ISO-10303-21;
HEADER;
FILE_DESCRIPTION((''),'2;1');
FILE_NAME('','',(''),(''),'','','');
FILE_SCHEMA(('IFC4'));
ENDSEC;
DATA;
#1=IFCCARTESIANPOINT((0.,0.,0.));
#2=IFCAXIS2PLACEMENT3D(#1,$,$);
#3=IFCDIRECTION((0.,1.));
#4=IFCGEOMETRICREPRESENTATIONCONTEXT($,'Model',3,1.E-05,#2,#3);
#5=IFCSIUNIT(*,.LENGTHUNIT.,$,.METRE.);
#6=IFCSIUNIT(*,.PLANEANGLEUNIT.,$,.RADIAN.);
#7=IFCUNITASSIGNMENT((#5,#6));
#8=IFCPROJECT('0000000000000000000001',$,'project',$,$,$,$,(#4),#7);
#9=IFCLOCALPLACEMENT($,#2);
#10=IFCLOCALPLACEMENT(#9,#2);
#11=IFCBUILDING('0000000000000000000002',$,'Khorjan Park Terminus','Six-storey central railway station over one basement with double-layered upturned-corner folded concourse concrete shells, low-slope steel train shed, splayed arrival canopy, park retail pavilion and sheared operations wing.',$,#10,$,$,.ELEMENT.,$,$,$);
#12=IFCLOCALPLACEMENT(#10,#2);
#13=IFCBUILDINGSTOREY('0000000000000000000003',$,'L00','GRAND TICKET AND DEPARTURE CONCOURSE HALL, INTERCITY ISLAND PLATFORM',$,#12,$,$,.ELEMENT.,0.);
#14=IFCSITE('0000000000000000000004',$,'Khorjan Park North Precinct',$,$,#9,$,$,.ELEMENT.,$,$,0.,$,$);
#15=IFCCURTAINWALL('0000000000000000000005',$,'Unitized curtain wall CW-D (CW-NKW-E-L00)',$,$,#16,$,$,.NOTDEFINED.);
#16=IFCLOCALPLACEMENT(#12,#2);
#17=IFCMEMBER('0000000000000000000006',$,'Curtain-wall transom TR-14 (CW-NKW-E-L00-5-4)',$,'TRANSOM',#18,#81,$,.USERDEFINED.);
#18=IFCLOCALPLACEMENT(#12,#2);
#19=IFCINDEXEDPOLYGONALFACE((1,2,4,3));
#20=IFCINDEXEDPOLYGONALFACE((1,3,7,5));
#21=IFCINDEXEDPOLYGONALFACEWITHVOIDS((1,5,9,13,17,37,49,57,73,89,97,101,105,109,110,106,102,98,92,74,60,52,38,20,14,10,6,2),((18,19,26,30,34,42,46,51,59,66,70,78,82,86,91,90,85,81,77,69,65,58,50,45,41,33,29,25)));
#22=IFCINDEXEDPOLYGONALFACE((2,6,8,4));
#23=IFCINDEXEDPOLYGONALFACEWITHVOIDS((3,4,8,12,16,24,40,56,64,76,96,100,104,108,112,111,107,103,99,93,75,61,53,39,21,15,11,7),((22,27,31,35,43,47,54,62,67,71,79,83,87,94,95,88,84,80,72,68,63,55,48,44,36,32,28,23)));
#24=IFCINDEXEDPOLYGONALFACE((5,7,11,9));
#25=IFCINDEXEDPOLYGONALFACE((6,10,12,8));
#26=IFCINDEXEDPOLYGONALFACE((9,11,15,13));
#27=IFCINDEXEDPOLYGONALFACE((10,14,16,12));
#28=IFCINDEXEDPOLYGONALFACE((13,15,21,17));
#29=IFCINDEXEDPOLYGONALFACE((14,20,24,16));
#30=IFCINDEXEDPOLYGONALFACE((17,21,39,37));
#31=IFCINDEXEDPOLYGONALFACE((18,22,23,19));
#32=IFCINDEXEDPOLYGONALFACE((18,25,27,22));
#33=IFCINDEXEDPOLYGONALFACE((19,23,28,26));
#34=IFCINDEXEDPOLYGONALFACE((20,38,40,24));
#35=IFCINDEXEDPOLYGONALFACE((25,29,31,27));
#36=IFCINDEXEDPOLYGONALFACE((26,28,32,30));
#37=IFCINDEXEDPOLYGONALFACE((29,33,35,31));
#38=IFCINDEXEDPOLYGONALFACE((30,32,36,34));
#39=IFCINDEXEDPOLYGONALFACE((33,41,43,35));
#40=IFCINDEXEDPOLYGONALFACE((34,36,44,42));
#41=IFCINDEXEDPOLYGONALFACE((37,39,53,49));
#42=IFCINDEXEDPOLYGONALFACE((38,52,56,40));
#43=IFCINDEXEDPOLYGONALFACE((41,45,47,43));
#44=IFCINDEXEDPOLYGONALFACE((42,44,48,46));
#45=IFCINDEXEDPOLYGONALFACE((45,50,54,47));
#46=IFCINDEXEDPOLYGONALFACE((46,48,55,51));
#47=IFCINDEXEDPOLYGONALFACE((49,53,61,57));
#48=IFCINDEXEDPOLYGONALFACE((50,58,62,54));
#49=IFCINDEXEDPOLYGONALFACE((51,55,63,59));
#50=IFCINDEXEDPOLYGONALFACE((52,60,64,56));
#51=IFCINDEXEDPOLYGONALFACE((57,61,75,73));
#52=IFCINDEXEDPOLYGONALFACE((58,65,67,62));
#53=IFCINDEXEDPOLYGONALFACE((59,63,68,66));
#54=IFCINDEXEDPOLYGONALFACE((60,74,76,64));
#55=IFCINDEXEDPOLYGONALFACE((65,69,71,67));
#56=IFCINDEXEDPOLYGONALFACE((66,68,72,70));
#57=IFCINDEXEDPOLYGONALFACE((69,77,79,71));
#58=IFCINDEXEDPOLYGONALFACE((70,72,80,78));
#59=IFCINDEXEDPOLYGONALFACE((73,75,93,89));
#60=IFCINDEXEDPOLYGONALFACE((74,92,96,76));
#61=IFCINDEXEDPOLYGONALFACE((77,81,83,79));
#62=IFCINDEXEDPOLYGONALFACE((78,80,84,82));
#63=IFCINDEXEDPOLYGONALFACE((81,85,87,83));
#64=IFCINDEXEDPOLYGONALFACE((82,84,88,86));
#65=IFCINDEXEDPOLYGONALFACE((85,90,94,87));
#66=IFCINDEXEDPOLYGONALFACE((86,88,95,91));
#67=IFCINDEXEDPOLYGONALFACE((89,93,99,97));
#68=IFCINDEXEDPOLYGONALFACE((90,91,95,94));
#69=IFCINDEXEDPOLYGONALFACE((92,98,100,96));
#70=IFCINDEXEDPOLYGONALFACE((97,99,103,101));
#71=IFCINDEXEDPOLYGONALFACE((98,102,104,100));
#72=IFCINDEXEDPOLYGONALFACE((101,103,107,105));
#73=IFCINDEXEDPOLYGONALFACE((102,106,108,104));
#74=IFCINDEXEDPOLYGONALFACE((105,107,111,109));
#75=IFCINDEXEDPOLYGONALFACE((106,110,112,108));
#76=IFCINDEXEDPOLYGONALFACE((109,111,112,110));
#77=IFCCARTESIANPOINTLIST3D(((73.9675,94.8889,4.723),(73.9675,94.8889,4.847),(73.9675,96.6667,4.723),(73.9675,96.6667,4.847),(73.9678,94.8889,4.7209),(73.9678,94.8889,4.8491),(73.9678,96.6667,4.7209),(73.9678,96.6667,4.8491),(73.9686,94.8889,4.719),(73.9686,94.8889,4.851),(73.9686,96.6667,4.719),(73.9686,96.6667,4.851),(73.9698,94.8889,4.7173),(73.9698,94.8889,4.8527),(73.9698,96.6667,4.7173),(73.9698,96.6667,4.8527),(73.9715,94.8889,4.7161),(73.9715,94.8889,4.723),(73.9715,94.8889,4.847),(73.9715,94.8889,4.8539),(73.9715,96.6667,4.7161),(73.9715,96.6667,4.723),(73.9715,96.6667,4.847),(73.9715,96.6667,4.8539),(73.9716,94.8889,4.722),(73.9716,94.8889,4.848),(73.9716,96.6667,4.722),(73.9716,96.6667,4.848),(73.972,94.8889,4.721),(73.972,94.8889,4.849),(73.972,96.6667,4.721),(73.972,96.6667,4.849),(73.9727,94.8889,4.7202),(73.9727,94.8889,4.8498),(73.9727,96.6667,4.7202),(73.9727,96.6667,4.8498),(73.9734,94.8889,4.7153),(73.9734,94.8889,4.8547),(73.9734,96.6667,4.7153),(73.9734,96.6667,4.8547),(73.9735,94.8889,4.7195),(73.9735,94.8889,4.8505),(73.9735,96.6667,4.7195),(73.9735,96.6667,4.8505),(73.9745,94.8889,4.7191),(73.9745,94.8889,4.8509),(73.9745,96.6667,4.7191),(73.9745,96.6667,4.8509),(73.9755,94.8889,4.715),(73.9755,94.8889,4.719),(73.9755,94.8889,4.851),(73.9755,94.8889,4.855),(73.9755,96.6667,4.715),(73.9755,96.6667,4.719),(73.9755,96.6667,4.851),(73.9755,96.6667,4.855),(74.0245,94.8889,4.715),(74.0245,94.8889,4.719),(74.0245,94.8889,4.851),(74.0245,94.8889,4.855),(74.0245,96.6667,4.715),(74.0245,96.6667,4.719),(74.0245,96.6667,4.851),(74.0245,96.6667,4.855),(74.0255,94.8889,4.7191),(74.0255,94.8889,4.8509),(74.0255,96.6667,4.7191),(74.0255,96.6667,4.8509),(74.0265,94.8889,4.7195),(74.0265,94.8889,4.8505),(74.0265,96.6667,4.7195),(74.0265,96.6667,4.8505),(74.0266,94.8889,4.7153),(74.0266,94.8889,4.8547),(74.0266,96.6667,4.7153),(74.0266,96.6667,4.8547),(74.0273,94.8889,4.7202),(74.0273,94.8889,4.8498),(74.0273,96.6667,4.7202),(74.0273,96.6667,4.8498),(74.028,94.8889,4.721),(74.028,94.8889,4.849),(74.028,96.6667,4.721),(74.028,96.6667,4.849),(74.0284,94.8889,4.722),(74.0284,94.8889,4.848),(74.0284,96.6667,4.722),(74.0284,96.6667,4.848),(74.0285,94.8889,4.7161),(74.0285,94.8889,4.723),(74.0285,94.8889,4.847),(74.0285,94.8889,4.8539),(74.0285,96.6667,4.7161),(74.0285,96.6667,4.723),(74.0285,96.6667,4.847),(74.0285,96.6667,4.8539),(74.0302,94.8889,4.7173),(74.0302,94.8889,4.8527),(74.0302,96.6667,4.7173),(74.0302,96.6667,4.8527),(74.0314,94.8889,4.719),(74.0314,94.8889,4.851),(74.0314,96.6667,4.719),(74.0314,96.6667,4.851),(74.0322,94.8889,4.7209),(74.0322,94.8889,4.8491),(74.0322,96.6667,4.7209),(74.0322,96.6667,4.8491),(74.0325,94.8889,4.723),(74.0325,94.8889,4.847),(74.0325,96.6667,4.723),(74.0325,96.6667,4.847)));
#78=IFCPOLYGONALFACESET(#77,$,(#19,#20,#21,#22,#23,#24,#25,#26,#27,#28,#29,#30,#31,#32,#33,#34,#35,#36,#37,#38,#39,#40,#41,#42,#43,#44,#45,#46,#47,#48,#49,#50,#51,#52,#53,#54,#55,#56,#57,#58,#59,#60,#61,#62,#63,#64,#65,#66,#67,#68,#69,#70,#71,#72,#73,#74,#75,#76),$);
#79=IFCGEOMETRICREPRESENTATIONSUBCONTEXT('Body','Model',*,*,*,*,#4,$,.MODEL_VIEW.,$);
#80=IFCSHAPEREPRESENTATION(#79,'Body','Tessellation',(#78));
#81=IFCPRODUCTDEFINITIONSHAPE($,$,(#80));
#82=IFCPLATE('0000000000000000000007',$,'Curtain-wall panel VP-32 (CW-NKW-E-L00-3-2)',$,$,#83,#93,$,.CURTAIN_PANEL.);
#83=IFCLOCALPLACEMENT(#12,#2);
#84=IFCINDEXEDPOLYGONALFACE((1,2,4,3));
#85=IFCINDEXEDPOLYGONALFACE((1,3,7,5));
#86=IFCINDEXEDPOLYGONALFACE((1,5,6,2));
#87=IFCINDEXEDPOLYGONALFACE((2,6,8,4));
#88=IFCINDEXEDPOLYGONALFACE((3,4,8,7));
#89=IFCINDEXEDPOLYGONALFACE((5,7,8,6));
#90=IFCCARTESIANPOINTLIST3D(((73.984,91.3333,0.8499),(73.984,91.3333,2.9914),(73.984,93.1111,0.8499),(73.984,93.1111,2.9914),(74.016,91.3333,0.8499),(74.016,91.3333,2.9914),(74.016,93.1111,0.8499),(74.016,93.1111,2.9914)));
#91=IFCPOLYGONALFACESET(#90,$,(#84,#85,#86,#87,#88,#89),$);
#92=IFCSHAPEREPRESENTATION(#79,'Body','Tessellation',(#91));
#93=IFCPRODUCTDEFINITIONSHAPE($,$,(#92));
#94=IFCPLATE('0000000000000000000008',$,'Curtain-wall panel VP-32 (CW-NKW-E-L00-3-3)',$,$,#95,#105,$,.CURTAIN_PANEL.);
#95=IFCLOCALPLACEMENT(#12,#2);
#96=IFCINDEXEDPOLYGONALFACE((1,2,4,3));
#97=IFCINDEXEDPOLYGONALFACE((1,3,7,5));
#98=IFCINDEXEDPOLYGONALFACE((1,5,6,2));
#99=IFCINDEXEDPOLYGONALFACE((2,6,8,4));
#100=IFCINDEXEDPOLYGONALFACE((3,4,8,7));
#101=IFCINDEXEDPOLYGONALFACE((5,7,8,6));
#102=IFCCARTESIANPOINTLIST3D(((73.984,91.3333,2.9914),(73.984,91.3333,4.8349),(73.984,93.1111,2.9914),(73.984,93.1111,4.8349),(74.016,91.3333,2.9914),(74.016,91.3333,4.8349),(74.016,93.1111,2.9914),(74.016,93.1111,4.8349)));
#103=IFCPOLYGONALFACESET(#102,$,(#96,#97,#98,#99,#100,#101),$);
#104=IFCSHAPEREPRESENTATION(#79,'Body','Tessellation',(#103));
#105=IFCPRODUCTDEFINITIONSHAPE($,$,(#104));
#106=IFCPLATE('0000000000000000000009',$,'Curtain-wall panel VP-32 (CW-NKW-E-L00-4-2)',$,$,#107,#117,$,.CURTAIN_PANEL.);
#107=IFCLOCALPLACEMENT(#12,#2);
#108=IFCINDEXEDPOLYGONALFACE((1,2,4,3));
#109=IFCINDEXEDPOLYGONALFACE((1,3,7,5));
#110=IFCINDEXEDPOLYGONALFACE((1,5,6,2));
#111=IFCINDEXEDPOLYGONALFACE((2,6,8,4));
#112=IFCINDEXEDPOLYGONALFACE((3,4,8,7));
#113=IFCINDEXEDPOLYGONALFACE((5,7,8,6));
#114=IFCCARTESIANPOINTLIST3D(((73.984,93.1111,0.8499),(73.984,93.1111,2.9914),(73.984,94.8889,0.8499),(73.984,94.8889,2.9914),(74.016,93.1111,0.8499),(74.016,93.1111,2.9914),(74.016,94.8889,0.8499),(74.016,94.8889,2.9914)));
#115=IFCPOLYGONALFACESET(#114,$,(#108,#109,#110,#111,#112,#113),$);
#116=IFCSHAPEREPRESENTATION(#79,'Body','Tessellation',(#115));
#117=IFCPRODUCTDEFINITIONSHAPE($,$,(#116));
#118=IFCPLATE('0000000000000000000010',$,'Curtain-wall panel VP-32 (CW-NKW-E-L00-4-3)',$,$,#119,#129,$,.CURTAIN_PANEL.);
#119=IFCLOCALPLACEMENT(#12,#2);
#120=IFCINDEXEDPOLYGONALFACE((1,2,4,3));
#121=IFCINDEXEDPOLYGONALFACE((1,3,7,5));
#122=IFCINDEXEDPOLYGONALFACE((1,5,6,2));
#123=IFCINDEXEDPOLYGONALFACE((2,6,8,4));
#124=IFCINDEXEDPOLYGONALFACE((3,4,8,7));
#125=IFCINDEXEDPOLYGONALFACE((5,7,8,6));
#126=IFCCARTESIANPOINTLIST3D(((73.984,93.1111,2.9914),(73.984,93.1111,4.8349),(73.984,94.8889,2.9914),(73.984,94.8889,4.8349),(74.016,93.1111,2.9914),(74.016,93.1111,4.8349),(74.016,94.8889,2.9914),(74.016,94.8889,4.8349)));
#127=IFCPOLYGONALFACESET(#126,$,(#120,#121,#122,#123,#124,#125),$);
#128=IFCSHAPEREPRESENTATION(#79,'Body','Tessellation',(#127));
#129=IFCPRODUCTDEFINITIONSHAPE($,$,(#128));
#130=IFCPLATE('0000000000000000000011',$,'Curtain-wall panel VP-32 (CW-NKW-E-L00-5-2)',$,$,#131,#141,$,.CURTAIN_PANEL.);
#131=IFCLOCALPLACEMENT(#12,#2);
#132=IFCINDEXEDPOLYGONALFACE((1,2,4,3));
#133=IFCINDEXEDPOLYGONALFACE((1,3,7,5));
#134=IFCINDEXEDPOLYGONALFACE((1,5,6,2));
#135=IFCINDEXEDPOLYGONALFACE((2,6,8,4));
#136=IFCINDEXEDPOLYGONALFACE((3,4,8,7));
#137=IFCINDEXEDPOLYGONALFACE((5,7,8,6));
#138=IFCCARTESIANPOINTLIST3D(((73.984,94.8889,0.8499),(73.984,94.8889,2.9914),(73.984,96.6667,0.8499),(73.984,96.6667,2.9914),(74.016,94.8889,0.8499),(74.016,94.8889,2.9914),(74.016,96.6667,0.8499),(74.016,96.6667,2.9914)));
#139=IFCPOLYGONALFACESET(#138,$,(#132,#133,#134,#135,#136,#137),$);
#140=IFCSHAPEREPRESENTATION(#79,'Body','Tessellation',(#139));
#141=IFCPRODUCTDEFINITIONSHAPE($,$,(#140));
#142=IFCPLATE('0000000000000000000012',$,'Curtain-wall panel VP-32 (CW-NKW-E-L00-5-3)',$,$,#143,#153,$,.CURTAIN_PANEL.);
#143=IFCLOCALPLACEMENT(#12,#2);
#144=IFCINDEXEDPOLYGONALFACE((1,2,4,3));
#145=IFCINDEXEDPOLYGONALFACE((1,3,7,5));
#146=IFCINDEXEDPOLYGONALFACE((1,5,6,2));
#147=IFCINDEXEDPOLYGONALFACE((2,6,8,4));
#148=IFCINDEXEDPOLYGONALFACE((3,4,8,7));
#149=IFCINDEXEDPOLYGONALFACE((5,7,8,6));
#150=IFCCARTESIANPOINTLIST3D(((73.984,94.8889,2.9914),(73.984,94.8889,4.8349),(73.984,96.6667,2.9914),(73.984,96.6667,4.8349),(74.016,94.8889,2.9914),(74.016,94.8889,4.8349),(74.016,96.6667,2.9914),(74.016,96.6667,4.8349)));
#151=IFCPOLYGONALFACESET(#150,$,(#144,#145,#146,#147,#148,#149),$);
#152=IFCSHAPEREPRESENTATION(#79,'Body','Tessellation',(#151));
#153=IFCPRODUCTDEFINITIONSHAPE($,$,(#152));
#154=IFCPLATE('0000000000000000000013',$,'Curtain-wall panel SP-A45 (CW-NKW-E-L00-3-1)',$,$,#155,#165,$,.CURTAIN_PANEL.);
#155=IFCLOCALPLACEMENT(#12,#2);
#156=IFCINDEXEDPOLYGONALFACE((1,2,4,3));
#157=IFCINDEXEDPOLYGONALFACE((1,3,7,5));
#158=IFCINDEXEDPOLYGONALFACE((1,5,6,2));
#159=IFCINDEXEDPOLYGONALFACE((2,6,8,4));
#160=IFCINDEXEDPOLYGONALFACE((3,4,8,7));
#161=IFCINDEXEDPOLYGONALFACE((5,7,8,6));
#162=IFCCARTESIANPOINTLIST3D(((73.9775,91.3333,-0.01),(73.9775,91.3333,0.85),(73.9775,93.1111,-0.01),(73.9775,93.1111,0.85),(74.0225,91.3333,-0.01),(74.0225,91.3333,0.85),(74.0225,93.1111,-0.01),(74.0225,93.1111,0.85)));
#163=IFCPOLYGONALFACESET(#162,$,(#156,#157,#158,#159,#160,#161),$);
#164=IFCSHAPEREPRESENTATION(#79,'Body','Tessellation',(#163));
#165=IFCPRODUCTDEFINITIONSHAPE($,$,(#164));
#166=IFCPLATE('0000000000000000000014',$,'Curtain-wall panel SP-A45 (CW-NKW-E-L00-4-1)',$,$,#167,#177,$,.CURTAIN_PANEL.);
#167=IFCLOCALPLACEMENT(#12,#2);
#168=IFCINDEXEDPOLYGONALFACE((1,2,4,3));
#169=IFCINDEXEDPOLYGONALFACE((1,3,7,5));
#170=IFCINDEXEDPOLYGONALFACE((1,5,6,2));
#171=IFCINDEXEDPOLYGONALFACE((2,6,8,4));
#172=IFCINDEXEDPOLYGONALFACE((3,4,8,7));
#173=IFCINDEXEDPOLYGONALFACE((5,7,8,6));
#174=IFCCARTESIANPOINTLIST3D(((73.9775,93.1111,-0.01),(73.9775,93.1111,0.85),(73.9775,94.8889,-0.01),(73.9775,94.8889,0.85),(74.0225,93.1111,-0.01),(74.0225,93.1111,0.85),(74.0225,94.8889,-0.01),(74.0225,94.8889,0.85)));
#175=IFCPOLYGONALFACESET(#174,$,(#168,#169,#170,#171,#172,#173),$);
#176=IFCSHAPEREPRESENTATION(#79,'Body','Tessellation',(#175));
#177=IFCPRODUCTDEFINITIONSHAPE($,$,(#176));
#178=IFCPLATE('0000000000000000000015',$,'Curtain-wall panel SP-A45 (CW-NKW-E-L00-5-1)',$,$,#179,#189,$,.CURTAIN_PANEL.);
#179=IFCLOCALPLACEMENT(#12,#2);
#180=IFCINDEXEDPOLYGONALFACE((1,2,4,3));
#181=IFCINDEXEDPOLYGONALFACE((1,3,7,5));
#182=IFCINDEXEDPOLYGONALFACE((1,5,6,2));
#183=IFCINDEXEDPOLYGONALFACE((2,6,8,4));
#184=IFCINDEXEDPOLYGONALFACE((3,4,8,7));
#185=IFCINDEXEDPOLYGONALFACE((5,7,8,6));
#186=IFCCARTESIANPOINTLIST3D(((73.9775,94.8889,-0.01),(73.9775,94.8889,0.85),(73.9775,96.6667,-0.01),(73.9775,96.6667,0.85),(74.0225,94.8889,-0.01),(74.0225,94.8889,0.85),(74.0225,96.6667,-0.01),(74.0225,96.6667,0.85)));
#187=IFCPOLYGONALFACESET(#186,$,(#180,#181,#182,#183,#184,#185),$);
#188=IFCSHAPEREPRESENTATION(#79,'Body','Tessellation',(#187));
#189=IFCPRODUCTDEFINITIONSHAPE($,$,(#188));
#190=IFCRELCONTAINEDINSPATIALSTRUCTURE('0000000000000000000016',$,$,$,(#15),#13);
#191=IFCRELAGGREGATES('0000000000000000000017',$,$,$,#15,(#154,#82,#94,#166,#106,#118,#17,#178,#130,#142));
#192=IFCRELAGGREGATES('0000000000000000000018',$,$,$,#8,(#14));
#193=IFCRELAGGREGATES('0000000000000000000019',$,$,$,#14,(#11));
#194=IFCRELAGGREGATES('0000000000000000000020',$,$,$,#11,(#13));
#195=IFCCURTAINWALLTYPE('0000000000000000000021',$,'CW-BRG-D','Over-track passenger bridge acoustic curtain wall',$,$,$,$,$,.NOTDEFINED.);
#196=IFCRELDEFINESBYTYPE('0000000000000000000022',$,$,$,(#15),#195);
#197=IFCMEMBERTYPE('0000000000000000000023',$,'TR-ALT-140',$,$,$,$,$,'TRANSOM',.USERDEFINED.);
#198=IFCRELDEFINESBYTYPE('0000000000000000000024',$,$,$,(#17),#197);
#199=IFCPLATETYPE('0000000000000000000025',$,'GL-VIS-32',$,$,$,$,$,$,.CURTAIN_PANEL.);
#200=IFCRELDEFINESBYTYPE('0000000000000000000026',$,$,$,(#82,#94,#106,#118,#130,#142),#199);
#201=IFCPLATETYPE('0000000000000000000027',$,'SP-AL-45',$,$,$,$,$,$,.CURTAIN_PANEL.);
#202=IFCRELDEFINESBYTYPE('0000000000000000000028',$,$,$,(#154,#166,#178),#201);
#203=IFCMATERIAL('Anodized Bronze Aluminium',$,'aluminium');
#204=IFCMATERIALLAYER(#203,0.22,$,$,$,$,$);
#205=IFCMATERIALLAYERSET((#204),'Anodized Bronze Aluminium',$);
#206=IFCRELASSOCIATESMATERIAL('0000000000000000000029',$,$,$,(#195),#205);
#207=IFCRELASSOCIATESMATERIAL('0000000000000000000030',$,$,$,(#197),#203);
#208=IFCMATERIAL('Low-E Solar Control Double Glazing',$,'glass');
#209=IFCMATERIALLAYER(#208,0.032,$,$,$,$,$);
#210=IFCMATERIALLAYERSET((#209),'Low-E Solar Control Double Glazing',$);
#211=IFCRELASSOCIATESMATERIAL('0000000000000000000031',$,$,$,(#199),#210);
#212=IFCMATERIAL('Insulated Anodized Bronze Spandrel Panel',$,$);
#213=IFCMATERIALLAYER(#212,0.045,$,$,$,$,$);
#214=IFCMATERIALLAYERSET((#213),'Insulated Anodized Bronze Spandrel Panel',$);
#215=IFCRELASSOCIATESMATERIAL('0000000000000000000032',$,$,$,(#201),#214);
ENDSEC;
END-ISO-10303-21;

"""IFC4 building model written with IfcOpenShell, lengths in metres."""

from ifc_helpers import new_model, si_unit, direction, frame, origin, origin_2d, place, context, subcontext, project, spatial, rectangle, hollow_rectangle, extrude, material, layer, layer_set, material_profile, profile_set, type_object, element, aggregate, save


model = new_model("IFC4")

# Units and contexts
model_context = context("Model", 3, precision=1e-05, world=origin(), true_north=direction((0.0, 1.0)))
body_context = subcontext(model_context, "Body", "Model", "MODEL_VIEW")
ifc_project = project(units=[si_unit("LENGTHUNIT", "METRE"), si_unit("PLANEANGLEUNIT", "RADIAN")], contexts=[model_context])

# Site, building, storey
site_placement = place(None, origin())
site = spatial("IfcSite", under=ifc_project, at=site_placement, Name="Khorjan Park North Precinct", CompositionType="ELEMENT", RefElevation=0.0)
building_placement = place(site_placement, origin())
building = spatial("IfcBuilding", under=site, at=building_placement, Name="Khorjan Park Terminus", Description="Six-storey central railway station over one basement with double-layered upturned-corner folded concourse concrete shells, low-slope steel train shed, splayed arrival canopy, park retail pavilion and sheared operations wing.", CompositionType="ELEMENT")
storey_placement = place(building_placement, origin())
storey = spatial("IfcBuildingStorey", under=building, at=storey_placement, Name="L00", Description="GRAND TICKET AND DEPARTURE CONCOURSE HALL, INTERCITY ISLAND PLATFORM", CompositionType="ELEMENT", Elevation=0.0)

# Curtain wall, member, plates
ifc_material_1 = material(Name="Anodized Bronze Aluminium", Category="aluminium")
ifc_layer_1 = layer(ifc_material_1, 0.22)
ifc_layer_set_1 = layer_set([ifc_layer_1], Name="Anodized Bronze Aluminium")
curtain_wall_type = type_object("IfcCurtainWallType", Name="CW-BRG-D", Description="Over-track passenger bridge acoustic curtain wall", PredefinedType="NOTDEFINED", material=ifc_layer_set_1)
curtain_wall_placement = place(storey_placement, origin())
curtain_wall = element("IfcCurtainWall", 1, at=curtain_wall_placement, inside=storey, type_object=curtain_wall_type, Name="Unitized curtain wall CW-D (CW-NKW-E-L00)", PredefinedType="NOTDEFINED")
ifc_material_profile_1 = material_profile(ifc_material_1, hollow_rectangle(XDim=0.065, YDim=0.14, WallThickness=0.004, InnerFilletRadius=0.004, OuterFilletRadius=0.008, at=origin_2d()), Name="ALT 65x140x4")
ifc_profile_set_1 = profile_set([ifc_material_profile_1], Name="Anodized Bronze Aluminium")
member_type_1 = type_object("IfcMemberType", Name="TR-ALT-140", ElementType="TRANSOM", PredefinedType="USERDEFINED", material=ifc_profile_set_1)
member_1_placement = place(storey_placement, frame((74.0, 94.8889, 4.785), z_axis=(0.0, 1.0, 0.0), x_axis=(-1.0, 0.0, 0.0)))
member_1 = element("IfcMember", 2, at=member_1_placement, type_object=member_type_1, Name="Curtain-wall transom TR-14 (CW-NKW-E-L00-5-4)", ObjectType="TRANSOM", PredefinedType="USERDEFINED", context=body_context, shape_type="SweptSolid", body=[
    extrude(hollow_rectangle(XDim=0.065, YDim=0.14, WallThickness=0.004, InnerFilletRadius=0.004, OuterFilletRadius=0.008, at=origin_2d()), origin(), (0.0, 0.0, 1.0), 1.7778),
])
ifc_material_2 = material(Name="Low-E Solar Control Double Glazing", Category="glass")
ifc_layer_2 = layer(ifc_material_2, 0.032)
ifc_layer_set_2 = layer_set([ifc_layer_2], Name="Low-E Solar Control Double Glazing")
plate_type_1 = type_object("IfcPlateType", Name="GL-VIS-32", PredefinedType="CURTAIN_PANEL", material=ifc_layer_set_2)
plate_1_placement = place(storey_placement, frame((74.0, 92.2222, 0.8499), z_axis=(0.0, 0.0, 1.0), x_axis=(0.0, 1.0, 0.0)))
plate_1 = element("IfcPlate", 3, at=plate_1_placement, type_object=plate_type_1, Name="Curtain-wall panel VP-32 (CW-NKW-E-L00-3-2)", PredefinedType="CURTAIN_PANEL", context=body_context, shape_type="SweptSolid", body=[
    extrude(rectangle(XDim=1.7778, YDim=0.032, at=origin_2d()), origin(), (0.0, 0.0, 1.0), 2.1415),
])
plate_2_placement = place(storey_placement, frame((74.0, 92.2222, 2.9914), z_axis=(0.0, 0.0, 1.0), x_axis=(0.0, 1.0, 0.0)))
plate_2 = element("IfcPlate", 4, at=plate_2_placement, type_object=plate_type_1, Name="Curtain-wall panel VP-32 (CW-NKW-E-L00-3-3)", PredefinedType="CURTAIN_PANEL", context=body_context, shape_type="SweptSolid", body=[
    extrude(rectangle(XDim=1.7778, YDim=0.032, at=origin_2d()), origin(), (0.0, 0.0, 1.0), 1.8435),
])
plate_3_placement = place(storey_placement, frame((74.0, 94.0, 0.8499), z_axis=(0.0, 0.0, 1.0), x_axis=(0.0, 1.0, 0.0)))
plate_3 = element("IfcPlate", 5, at=plate_3_placement, type_object=plate_type_1, Name="Curtain-wall panel VP-32 (CW-NKW-E-L00-4-2)", PredefinedType="CURTAIN_PANEL", context=body_context, shape_type="SweptSolid", body=[
    extrude(rectangle(XDim=1.7778, YDim=0.032, at=origin_2d()), origin(), (0.0, 0.0, 1.0), 2.1415),
])
plate_4_placement = place(storey_placement, frame((74.0, 94.0, 2.9914), z_axis=(0.0, 0.0, 1.0), x_axis=(0.0, 1.0, 0.0)))
plate_4 = element("IfcPlate", 6, at=plate_4_placement, type_object=plate_type_1, Name="Curtain-wall panel VP-32 (CW-NKW-E-L00-4-3)", PredefinedType="CURTAIN_PANEL", context=body_context, shape_type="SweptSolid", body=[
    extrude(rectangle(XDim=1.7778, YDim=0.032, at=origin_2d()), origin(), (0.0, 0.0, 1.0), 1.8435),
])
plate_5_placement = place(storey_placement, frame((74.0, 95.7778, 0.8499), z_axis=(0.0, 0.0, 1.0), x_axis=(0.0, 1.0, 0.0)))
plate_5 = element("IfcPlate", 7, at=plate_5_placement, type_object=plate_type_1, Name="Curtain-wall panel VP-32 (CW-NKW-E-L00-5-2)", PredefinedType="CURTAIN_PANEL", context=body_context, shape_type="SweptSolid", body=[
    extrude(rectangle(XDim=1.7778, YDim=0.032, at=origin_2d()), origin(), (0.0, 0.0, 1.0), 2.1415),
])
plate_6_placement = place(storey_placement, frame((74.0, 95.7778, 2.9914), z_axis=(0.0, 0.0, 1.0), x_axis=(0.0, 1.0, 0.0)))
plate_6 = element("IfcPlate", 8, at=plate_6_placement, type_object=plate_type_1, Name="Curtain-wall panel VP-32 (CW-NKW-E-L00-5-3)", PredefinedType="CURTAIN_PANEL", context=body_context, shape_type="SweptSolid", body=[
    extrude(rectangle(XDim=1.7778, YDim=0.032, at=origin_2d()), origin(), (0.0, 0.0, 1.0), 1.8435),
])
ifc_material_3 = material(Name="Insulated Anodized Bronze Spandrel Panel")
ifc_layer_3 = layer(ifc_material_3, 0.045)
ifc_layer_set_3 = layer_set([ifc_layer_3], Name="Insulated Anodized Bronze Spandrel Panel")
plate_type_2 = type_object("IfcPlateType", Name="SP-AL-45", PredefinedType="CURTAIN_PANEL", material=ifc_layer_set_3)
plate_7_placement = place(storey_placement, frame((74.0, 92.2222, -0.01), z_axis=(0.0, 0.0, 1.0), x_axis=(0.0, 1.0, 0.0)))
plate_7 = element("IfcPlate", 9, at=plate_7_placement, type_object=plate_type_2, Name="Curtain-wall panel SP-A45 (CW-NKW-E-L00-3-1)", PredefinedType="CURTAIN_PANEL", context=body_context, shape_type="SweptSolid", body=[
    extrude(rectangle(XDim=1.7778, YDim=0.045, at=origin_2d()), origin(), (0.0, 0.0, 1.0), 0.86),
])
plate_8_placement = place(storey_placement, frame((74.0, 94.0, -0.01), z_axis=(0.0, 0.0, 1.0), x_axis=(0.0, 1.0, 0.0)))
plate_8 = element("IfcPlate", 10, at=plate_8_placement, type_object=plate_type_2, Name="Curtain-wall panel SP-A45 (CW-NKW-E-L00-4-1)", PredefinedType="CURTAIN_PANEL", context=body_context, shape_type="SweptSolid", body=[
    extrude(rectangle(XDim=1.7778, YDim=0.045, at=origin_2d()), origin(), (0.0, 0.0, 1.0), 0.86),
])
plate_9_placement = place(storey_placement, frame((74.0, 95.7778, -0.01), z_axis=(0.0, 0.0, 1.0), x_axis=(0.0, 1.0, 0.0)))
plate_9 = element("IfcPlate", 11, at=plate_9_placement, type_object=plate_type_2, Name="Curtain-wall panel SP-A45 (CW-NKW-E-L00-5-1)", PredefinedType="CURTAIN_PANEL", context=body_context, shape_type="SweptSolid", body=[
    extrude(rectangle(XDim=1.7778, YDim=0.045, at=origin_2d()), origin(), (0.0, 0.0, 1.0), 0.86),
])
aggregate(curtain_wall, [plate_7, plate_1, plate_2, plate_8, plate_3, plate_4, member_1, plate_9, plate_5, plate_6])

save(model, "model.ifc")
